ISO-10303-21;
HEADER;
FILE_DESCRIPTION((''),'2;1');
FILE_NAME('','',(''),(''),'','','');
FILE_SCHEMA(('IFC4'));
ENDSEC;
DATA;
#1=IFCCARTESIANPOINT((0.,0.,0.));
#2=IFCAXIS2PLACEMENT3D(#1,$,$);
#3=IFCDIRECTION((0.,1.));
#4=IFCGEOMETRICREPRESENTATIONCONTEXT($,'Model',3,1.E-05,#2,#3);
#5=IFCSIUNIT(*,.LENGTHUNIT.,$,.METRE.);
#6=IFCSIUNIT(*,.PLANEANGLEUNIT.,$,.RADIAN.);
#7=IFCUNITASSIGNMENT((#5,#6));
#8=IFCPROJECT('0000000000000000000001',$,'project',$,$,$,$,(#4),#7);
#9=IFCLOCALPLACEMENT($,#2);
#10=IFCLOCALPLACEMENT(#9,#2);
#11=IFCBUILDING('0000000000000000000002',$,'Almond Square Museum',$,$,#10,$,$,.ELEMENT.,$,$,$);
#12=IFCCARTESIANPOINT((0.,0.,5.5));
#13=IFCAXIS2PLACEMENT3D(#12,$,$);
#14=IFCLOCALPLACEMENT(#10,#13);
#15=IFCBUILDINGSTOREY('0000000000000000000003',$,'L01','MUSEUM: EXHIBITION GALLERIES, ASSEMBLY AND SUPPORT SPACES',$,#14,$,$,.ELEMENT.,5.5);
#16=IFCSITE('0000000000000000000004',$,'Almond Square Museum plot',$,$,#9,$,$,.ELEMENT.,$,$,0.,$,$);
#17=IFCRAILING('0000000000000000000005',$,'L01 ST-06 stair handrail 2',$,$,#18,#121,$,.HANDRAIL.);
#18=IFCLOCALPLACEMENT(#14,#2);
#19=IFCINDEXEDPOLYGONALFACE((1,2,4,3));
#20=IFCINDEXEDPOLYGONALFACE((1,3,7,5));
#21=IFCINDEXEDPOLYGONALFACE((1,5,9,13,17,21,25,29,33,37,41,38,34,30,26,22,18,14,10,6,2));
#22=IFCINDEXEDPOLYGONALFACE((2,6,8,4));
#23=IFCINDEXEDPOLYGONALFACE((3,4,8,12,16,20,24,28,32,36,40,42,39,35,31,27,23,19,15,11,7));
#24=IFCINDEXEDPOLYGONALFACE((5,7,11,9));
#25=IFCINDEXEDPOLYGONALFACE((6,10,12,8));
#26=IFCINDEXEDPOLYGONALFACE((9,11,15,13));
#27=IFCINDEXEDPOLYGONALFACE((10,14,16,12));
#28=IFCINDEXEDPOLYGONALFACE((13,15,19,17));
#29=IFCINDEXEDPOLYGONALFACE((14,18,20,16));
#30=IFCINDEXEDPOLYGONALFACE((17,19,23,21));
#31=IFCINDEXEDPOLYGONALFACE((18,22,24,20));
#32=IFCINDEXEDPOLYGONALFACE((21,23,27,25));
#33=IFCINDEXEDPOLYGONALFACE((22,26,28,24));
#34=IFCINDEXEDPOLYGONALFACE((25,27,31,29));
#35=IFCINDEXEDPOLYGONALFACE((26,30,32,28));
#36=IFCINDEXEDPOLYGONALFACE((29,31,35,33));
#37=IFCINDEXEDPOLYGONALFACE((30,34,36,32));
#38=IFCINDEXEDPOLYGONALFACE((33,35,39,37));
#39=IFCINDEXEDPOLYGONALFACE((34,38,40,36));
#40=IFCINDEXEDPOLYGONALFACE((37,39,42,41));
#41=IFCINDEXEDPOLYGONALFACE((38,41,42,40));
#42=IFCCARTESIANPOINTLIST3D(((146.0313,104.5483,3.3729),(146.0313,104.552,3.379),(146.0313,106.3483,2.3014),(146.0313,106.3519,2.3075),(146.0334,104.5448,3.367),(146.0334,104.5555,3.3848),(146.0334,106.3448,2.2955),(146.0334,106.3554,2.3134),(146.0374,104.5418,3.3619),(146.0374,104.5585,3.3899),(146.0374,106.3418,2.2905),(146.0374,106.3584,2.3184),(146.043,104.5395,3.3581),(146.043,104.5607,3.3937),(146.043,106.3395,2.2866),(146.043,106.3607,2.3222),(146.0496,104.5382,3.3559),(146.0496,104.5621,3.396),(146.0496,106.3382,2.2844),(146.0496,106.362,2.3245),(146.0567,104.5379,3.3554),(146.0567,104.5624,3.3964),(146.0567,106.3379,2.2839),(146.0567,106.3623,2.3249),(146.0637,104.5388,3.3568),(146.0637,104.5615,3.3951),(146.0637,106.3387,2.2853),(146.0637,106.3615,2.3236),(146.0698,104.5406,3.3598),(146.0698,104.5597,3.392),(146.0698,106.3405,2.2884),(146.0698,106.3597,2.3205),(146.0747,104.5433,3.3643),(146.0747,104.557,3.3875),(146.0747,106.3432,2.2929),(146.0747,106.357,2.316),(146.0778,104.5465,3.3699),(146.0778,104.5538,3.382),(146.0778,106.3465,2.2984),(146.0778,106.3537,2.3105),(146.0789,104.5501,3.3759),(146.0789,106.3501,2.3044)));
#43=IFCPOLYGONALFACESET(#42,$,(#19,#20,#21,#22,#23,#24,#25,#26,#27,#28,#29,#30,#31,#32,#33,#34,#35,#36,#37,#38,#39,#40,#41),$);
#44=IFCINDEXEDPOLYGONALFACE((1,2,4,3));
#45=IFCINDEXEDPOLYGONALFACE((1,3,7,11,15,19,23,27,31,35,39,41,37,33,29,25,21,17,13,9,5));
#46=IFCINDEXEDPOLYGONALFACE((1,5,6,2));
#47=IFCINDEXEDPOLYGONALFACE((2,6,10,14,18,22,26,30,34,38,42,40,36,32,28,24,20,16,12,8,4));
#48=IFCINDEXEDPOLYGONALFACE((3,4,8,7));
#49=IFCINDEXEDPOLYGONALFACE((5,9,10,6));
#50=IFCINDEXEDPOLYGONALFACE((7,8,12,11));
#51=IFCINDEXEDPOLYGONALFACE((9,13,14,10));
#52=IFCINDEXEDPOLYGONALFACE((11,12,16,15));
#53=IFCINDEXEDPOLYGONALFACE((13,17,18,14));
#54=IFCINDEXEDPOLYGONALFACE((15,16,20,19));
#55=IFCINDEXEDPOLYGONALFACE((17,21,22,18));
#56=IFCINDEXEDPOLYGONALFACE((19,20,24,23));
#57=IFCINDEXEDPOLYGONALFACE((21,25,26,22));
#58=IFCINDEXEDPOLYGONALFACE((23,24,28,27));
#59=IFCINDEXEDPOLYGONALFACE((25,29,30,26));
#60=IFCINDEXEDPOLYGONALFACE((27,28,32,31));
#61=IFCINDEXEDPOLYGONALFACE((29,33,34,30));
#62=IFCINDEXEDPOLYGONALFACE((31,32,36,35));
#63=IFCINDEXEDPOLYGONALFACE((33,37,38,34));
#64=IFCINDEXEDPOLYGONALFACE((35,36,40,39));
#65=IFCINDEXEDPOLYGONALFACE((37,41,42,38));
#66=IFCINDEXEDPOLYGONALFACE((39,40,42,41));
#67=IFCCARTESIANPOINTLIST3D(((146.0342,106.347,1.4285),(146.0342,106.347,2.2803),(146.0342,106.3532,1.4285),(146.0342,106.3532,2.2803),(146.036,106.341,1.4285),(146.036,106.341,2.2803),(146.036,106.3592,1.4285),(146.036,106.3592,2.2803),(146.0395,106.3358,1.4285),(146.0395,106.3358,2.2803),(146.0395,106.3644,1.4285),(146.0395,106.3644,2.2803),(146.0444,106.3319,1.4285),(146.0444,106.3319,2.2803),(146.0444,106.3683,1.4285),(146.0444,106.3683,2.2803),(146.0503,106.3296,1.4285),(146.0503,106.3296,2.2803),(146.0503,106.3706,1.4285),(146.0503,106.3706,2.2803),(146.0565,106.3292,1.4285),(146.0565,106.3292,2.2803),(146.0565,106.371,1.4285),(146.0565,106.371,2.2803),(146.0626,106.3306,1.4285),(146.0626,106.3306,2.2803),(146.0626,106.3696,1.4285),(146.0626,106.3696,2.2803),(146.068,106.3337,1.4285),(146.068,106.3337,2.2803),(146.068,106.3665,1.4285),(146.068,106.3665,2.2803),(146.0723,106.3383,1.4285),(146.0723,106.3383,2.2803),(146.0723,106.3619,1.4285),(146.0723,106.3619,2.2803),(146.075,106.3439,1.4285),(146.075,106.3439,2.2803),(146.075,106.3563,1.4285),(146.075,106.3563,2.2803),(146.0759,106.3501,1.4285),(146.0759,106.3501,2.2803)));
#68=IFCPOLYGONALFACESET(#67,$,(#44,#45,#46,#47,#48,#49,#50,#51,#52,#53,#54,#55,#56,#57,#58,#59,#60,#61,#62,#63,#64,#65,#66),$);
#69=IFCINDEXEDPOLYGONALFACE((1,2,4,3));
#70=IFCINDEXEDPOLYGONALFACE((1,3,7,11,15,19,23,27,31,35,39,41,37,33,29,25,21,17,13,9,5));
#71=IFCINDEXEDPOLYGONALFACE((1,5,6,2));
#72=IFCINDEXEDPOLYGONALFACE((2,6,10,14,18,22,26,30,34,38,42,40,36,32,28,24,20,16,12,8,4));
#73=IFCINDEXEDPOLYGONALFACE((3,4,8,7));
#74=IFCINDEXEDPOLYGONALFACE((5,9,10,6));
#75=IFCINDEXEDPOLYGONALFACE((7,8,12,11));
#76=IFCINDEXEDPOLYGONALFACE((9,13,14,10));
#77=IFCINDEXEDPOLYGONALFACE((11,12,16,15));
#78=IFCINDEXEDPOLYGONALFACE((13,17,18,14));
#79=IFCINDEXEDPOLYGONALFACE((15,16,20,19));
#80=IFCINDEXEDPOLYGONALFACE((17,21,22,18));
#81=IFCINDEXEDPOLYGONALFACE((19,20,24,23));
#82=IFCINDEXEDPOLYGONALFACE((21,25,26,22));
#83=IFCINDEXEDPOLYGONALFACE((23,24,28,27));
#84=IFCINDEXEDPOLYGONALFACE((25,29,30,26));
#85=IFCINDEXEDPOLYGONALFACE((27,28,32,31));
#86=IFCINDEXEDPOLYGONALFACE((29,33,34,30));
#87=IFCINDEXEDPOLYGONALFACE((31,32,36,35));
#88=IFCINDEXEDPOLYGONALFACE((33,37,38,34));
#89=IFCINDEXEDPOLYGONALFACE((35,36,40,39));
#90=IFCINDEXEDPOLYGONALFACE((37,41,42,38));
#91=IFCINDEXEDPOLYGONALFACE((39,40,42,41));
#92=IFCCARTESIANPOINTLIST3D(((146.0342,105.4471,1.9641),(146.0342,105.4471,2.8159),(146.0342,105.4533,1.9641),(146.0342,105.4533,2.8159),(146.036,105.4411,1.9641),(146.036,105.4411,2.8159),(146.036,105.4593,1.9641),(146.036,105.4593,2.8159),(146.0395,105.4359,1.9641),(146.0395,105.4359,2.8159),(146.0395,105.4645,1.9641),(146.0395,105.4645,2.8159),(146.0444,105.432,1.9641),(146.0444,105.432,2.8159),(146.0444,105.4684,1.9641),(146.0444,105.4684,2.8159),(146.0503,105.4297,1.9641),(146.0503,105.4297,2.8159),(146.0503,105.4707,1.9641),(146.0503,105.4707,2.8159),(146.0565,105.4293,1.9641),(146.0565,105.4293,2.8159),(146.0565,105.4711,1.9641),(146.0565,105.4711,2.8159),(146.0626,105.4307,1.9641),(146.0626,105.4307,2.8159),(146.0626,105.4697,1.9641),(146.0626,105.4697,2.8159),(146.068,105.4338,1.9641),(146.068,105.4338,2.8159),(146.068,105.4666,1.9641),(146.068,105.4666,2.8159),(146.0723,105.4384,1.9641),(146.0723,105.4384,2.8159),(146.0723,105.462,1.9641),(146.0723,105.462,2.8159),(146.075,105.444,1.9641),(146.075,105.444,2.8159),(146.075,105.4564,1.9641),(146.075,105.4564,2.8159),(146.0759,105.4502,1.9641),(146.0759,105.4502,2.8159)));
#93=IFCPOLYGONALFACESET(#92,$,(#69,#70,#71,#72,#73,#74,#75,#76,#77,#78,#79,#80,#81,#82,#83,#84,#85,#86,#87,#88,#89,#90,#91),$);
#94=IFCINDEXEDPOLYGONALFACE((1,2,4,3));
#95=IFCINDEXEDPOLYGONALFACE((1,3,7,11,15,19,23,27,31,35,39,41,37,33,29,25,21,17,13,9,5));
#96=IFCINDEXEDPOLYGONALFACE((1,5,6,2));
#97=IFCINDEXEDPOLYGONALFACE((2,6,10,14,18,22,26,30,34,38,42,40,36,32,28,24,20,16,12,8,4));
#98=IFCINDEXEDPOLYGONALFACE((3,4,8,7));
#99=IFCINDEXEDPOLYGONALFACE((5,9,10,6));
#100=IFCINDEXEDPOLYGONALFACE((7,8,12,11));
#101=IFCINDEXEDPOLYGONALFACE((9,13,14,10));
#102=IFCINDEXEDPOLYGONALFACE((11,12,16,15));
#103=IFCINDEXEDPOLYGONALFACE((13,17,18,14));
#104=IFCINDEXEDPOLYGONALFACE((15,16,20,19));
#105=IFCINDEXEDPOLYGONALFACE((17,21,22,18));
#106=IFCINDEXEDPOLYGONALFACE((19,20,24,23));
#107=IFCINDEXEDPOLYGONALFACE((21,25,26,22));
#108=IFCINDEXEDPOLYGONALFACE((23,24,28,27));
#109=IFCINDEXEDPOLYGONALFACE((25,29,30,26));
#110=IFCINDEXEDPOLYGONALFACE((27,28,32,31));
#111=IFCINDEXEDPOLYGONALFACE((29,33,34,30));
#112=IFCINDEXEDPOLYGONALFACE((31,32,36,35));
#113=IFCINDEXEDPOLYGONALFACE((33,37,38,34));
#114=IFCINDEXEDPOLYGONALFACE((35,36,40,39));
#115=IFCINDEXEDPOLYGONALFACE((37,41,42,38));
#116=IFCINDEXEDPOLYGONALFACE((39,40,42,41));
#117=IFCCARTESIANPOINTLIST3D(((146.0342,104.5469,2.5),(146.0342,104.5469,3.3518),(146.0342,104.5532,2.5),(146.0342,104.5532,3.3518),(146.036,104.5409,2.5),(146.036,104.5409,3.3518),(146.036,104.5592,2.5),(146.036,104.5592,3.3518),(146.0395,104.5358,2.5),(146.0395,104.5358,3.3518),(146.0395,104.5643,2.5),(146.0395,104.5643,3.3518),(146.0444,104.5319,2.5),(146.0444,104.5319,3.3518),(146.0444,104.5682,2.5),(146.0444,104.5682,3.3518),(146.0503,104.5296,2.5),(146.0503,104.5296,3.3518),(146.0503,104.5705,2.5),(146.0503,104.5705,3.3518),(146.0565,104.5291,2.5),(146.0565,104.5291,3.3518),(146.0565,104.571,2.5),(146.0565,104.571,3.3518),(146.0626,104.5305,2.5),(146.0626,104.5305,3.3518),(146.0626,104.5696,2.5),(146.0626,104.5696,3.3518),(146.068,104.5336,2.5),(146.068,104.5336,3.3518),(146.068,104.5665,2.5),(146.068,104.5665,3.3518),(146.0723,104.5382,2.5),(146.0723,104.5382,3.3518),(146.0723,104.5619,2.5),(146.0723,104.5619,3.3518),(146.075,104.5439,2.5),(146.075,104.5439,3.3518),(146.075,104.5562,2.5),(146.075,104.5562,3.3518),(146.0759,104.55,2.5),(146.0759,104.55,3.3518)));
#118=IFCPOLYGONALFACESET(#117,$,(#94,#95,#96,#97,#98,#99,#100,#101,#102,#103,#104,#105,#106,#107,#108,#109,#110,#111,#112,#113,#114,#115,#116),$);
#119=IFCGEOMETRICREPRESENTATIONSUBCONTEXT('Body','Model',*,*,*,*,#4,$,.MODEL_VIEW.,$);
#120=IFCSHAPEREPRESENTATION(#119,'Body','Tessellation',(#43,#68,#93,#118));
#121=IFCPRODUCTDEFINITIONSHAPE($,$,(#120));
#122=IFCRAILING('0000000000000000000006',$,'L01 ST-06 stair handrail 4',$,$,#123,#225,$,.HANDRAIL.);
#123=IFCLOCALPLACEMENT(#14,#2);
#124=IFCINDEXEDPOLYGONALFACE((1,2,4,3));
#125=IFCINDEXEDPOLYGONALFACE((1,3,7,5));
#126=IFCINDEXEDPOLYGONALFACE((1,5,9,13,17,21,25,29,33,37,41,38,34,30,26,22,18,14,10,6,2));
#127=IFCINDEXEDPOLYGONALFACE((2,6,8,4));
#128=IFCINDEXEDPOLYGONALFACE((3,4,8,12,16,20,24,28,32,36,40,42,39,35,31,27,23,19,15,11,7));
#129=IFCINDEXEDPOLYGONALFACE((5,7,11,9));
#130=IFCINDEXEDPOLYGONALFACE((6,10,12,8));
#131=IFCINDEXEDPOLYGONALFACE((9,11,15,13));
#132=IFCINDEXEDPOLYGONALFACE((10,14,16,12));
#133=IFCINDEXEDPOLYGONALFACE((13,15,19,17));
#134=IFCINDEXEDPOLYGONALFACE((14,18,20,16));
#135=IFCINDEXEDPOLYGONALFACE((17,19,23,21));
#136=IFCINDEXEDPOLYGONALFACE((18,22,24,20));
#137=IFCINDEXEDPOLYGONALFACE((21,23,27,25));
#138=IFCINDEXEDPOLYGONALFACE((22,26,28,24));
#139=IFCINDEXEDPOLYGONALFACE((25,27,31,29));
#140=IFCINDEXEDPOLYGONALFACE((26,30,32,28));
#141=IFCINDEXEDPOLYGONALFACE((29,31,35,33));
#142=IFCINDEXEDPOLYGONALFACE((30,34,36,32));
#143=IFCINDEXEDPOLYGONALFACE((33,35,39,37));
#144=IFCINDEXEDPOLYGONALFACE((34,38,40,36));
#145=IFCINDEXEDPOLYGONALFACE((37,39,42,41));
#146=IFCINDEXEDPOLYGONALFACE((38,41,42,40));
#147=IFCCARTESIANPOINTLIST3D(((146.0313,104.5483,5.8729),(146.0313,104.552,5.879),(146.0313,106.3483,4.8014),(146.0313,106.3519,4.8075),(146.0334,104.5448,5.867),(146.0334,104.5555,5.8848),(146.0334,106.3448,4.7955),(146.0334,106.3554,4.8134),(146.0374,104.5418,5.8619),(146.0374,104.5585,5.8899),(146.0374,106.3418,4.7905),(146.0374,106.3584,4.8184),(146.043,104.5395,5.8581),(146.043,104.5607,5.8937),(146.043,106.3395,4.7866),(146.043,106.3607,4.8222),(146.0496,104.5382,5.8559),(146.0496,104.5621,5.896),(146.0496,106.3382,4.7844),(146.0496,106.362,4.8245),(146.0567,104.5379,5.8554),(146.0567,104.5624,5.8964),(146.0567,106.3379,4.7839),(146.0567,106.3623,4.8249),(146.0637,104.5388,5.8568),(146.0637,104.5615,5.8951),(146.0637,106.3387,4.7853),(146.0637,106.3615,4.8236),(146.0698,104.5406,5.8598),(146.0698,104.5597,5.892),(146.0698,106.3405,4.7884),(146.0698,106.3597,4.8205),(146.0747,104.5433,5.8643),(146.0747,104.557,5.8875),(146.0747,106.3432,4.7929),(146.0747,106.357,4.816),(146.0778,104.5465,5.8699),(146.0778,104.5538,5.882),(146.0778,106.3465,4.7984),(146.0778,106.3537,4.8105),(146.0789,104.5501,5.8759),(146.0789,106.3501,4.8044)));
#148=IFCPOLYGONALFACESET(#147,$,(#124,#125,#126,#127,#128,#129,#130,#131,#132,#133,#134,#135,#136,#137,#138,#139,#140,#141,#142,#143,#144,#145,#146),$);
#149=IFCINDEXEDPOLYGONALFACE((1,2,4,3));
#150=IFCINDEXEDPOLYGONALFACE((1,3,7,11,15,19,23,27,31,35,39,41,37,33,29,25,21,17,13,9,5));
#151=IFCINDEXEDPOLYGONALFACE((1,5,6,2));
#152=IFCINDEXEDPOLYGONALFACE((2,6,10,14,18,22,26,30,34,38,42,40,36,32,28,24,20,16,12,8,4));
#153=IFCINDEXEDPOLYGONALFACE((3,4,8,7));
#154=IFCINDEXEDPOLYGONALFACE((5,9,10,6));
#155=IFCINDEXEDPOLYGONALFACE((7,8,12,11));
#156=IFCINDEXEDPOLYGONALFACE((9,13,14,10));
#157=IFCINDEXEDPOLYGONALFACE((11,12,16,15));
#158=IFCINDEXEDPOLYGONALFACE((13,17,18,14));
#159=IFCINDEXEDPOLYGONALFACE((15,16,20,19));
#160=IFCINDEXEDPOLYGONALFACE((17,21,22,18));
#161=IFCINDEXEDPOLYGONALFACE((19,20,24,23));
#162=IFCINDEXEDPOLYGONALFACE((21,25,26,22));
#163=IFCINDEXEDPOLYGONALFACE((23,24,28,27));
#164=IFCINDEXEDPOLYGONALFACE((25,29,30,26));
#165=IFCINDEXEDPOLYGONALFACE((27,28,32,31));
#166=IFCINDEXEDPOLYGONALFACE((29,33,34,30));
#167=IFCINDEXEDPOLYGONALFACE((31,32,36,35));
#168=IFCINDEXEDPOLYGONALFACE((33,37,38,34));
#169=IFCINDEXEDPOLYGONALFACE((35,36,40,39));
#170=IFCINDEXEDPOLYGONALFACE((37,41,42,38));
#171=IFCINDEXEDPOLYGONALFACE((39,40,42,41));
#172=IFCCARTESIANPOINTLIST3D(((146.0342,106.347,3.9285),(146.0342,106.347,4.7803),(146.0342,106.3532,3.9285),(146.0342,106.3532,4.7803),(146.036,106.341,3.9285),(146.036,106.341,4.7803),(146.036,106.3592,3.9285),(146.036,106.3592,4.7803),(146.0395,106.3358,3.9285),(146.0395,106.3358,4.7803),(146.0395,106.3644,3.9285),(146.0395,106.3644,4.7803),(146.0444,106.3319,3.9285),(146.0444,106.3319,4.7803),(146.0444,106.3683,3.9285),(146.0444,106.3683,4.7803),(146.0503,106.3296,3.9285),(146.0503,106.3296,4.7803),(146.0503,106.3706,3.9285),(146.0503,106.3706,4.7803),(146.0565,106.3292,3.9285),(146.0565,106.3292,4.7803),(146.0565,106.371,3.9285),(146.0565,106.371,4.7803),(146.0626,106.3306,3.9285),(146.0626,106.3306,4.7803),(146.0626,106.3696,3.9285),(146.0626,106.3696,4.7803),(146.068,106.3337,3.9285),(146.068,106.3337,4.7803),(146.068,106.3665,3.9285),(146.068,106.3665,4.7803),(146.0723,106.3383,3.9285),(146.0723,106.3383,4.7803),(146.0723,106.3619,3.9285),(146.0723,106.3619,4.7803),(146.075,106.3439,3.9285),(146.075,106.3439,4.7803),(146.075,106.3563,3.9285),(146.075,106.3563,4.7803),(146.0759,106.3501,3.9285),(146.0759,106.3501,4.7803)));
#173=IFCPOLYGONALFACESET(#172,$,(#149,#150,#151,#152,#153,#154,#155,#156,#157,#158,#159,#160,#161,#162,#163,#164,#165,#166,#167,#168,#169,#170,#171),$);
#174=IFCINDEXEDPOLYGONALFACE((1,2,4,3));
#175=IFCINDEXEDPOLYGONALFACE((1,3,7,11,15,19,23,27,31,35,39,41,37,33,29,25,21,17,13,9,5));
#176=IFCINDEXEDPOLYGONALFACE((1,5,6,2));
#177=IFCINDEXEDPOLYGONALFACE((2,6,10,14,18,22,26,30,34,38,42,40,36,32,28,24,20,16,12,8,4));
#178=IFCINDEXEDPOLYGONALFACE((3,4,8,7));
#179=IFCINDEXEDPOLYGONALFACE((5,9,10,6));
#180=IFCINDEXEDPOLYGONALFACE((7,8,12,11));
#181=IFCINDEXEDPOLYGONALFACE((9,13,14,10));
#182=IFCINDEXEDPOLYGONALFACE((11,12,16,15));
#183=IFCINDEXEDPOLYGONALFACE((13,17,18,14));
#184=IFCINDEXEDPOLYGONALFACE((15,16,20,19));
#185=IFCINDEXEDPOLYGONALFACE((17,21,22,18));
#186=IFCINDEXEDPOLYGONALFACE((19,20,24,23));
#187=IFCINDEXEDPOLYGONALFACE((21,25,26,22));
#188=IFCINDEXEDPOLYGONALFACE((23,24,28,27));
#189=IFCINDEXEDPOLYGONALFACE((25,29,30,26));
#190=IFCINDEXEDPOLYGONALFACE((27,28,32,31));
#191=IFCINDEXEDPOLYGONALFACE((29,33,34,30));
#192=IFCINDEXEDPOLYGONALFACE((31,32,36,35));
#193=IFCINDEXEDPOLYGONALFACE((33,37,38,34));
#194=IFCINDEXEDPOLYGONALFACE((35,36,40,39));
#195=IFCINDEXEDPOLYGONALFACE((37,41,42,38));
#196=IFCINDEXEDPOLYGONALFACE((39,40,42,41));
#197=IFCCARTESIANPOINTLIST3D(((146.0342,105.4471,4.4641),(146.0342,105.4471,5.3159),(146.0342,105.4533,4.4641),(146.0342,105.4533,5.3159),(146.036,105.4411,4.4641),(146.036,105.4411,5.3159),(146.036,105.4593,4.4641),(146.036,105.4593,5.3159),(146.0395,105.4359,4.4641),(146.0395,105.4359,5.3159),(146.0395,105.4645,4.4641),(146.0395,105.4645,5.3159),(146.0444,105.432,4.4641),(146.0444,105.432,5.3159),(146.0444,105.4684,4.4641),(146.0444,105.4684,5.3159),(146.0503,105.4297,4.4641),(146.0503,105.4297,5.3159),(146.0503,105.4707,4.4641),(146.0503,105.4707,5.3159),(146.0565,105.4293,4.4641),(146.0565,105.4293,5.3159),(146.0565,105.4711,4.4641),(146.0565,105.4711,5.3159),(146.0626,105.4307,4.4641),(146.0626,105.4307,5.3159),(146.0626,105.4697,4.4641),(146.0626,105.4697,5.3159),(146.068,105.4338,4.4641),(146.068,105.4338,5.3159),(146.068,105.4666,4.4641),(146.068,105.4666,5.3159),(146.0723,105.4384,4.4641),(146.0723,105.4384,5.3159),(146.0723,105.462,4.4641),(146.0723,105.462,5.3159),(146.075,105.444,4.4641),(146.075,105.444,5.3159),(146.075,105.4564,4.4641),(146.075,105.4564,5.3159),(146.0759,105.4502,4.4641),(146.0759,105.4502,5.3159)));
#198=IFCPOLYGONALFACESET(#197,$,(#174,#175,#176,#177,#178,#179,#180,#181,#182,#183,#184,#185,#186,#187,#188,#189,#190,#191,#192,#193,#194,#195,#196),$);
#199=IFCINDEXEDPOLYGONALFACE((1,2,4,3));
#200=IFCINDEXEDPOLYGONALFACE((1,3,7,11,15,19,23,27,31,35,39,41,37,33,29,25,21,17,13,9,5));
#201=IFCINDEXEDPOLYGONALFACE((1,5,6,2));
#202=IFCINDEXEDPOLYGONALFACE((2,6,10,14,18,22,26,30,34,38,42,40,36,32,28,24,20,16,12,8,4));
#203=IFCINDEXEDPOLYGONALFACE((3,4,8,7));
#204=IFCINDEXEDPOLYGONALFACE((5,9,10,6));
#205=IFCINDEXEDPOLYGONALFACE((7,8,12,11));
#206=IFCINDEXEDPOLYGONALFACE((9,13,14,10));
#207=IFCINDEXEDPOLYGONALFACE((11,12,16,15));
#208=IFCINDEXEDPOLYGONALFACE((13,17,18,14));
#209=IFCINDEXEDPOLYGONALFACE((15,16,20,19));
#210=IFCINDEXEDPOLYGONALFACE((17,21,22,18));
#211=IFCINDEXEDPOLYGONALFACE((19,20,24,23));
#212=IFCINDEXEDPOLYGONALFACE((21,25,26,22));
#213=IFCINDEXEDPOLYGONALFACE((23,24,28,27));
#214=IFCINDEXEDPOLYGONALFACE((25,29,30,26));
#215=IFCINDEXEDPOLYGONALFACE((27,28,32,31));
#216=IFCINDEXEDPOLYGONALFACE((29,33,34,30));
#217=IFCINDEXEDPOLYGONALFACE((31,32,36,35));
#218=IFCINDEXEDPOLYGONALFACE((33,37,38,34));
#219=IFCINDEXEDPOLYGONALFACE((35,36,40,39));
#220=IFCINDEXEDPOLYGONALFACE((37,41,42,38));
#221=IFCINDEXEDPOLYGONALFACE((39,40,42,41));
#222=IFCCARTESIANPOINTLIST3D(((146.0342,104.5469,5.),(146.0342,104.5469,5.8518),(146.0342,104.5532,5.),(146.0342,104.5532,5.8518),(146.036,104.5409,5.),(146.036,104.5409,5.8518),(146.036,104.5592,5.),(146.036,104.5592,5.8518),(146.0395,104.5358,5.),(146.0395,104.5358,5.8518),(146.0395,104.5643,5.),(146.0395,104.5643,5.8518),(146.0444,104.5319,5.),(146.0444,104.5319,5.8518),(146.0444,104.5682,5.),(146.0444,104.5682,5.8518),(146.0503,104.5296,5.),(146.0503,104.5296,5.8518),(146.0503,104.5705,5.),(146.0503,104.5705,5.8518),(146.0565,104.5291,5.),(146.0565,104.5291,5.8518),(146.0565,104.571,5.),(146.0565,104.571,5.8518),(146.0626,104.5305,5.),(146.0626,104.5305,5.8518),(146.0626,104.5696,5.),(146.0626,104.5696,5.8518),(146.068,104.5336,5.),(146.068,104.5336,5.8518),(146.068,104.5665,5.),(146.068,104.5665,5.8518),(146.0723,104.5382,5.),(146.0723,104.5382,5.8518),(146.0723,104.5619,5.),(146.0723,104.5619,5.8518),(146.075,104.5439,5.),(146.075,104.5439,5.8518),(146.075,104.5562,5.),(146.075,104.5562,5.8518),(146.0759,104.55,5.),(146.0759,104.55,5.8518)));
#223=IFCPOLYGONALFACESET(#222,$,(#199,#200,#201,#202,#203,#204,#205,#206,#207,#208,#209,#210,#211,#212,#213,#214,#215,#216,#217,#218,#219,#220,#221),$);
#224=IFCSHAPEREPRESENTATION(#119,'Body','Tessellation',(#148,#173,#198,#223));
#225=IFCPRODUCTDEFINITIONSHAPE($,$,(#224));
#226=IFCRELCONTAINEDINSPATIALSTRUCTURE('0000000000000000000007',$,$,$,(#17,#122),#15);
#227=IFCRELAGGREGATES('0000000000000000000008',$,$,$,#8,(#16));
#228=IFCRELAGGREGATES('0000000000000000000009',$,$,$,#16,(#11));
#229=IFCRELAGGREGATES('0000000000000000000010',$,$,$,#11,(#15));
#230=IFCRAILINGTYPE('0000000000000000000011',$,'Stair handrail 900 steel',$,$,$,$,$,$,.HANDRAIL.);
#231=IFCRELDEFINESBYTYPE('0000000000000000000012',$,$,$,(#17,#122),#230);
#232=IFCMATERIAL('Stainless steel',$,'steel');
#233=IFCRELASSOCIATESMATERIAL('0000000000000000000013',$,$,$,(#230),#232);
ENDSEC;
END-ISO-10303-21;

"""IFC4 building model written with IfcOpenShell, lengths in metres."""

from ifc_helpers import new_model, si_unit, direction, frame, origin, origin_2d, place, context, subcontext, project, spatial, circle, extrude, material, type_object, element, save


model = new_model("IFC4")

# Units and contexts
model_context = context("Model", 3, precision=1e-05, world=origin(), true_north=direction((0.0, 1.0)))
body_context = subcontext(model_context, "Body", "Model", "MODEL_VIEW")
ifc_project = project(units=[si_unit("LENGTHUNIT", "METRE"), si_unit("PLANEANGLEUNIT", "RADIAN")], contexts=[model_context])

# Site, building, storey
site_placement = place(None, origin())
site = spatial("IfcSite", under=ifc_project, at=site_placement, Name="Almond Square Museum plot", CompositionType="ELEMENT", RefElevation=0.0)
building_placement = place(site_placement, origin())
building = spatial("IfcBuilding", under=site, at=building_placement, Name="Almond Square Museum", CompositionType="ELEMENT")
storey_placement = place(building_placement, frame((0.0, 0.0, 5.5)))
storey = spatial("IfcBuildingStorey", under=building, at=storey_placement, Name="L01", Description="MUSEUM: EXHIBITION GALLERIES, ASSEMBLY AND SUPPORT SPACES", CompositionType="ELEMENT", Elevation=5.5)

# Railings
ifc_material_1 = material(Name="Stainless steel", Category="steel")
railing_type_1 = type_object("IfcRailingType", Name="Stair handrail 900 steel", PredefinedType="HANDRAIL", material=ifc_material_1)
for number, where, name in (
    (1, (146.0549, 106.3501, 1.4285), "L01 ST-06 stair handrail 2"),
    (2, (146.0549, 106.3501, 3.9285), "L01 ST-06 stair handrail 4"),
):
    element("IfcRailing", number, at=place(storey_placement, frame(where)), inside=storey, type_object=railing_type_1, Name=name, PredefinedType="HANDRAIL", context=body_context, shape_type="SweptSolid", body=[
        extrude(circle(Radius=0.0239, at=origin_2d()), frame((0.0, 0.0, 0.876), z_axis=(0.0, -0.859277, 0.51151), x_axis=(1.0, 0.0, 0.0)), (0.0, 0.0, 1.0), 2.0947),
        extrude(circle(Radius=0.021, at=origin_2d()), origin(), (0.0, 0.0, 1.0), 0.8518),
        extrude(circle(Radius=0.021, at=origin_2d()), frame((0.0, -0.8999, 0.5356)), (0.0, 0.0, 1.0), 0.8518),
        extrude(circle(Radius=0.021, at=origin_2d()), frame((0.0, -1.8, 1.0715)), (0.0, 0.0, 1.0), 0.8518),
    ])

save(model, "model.ifc")
